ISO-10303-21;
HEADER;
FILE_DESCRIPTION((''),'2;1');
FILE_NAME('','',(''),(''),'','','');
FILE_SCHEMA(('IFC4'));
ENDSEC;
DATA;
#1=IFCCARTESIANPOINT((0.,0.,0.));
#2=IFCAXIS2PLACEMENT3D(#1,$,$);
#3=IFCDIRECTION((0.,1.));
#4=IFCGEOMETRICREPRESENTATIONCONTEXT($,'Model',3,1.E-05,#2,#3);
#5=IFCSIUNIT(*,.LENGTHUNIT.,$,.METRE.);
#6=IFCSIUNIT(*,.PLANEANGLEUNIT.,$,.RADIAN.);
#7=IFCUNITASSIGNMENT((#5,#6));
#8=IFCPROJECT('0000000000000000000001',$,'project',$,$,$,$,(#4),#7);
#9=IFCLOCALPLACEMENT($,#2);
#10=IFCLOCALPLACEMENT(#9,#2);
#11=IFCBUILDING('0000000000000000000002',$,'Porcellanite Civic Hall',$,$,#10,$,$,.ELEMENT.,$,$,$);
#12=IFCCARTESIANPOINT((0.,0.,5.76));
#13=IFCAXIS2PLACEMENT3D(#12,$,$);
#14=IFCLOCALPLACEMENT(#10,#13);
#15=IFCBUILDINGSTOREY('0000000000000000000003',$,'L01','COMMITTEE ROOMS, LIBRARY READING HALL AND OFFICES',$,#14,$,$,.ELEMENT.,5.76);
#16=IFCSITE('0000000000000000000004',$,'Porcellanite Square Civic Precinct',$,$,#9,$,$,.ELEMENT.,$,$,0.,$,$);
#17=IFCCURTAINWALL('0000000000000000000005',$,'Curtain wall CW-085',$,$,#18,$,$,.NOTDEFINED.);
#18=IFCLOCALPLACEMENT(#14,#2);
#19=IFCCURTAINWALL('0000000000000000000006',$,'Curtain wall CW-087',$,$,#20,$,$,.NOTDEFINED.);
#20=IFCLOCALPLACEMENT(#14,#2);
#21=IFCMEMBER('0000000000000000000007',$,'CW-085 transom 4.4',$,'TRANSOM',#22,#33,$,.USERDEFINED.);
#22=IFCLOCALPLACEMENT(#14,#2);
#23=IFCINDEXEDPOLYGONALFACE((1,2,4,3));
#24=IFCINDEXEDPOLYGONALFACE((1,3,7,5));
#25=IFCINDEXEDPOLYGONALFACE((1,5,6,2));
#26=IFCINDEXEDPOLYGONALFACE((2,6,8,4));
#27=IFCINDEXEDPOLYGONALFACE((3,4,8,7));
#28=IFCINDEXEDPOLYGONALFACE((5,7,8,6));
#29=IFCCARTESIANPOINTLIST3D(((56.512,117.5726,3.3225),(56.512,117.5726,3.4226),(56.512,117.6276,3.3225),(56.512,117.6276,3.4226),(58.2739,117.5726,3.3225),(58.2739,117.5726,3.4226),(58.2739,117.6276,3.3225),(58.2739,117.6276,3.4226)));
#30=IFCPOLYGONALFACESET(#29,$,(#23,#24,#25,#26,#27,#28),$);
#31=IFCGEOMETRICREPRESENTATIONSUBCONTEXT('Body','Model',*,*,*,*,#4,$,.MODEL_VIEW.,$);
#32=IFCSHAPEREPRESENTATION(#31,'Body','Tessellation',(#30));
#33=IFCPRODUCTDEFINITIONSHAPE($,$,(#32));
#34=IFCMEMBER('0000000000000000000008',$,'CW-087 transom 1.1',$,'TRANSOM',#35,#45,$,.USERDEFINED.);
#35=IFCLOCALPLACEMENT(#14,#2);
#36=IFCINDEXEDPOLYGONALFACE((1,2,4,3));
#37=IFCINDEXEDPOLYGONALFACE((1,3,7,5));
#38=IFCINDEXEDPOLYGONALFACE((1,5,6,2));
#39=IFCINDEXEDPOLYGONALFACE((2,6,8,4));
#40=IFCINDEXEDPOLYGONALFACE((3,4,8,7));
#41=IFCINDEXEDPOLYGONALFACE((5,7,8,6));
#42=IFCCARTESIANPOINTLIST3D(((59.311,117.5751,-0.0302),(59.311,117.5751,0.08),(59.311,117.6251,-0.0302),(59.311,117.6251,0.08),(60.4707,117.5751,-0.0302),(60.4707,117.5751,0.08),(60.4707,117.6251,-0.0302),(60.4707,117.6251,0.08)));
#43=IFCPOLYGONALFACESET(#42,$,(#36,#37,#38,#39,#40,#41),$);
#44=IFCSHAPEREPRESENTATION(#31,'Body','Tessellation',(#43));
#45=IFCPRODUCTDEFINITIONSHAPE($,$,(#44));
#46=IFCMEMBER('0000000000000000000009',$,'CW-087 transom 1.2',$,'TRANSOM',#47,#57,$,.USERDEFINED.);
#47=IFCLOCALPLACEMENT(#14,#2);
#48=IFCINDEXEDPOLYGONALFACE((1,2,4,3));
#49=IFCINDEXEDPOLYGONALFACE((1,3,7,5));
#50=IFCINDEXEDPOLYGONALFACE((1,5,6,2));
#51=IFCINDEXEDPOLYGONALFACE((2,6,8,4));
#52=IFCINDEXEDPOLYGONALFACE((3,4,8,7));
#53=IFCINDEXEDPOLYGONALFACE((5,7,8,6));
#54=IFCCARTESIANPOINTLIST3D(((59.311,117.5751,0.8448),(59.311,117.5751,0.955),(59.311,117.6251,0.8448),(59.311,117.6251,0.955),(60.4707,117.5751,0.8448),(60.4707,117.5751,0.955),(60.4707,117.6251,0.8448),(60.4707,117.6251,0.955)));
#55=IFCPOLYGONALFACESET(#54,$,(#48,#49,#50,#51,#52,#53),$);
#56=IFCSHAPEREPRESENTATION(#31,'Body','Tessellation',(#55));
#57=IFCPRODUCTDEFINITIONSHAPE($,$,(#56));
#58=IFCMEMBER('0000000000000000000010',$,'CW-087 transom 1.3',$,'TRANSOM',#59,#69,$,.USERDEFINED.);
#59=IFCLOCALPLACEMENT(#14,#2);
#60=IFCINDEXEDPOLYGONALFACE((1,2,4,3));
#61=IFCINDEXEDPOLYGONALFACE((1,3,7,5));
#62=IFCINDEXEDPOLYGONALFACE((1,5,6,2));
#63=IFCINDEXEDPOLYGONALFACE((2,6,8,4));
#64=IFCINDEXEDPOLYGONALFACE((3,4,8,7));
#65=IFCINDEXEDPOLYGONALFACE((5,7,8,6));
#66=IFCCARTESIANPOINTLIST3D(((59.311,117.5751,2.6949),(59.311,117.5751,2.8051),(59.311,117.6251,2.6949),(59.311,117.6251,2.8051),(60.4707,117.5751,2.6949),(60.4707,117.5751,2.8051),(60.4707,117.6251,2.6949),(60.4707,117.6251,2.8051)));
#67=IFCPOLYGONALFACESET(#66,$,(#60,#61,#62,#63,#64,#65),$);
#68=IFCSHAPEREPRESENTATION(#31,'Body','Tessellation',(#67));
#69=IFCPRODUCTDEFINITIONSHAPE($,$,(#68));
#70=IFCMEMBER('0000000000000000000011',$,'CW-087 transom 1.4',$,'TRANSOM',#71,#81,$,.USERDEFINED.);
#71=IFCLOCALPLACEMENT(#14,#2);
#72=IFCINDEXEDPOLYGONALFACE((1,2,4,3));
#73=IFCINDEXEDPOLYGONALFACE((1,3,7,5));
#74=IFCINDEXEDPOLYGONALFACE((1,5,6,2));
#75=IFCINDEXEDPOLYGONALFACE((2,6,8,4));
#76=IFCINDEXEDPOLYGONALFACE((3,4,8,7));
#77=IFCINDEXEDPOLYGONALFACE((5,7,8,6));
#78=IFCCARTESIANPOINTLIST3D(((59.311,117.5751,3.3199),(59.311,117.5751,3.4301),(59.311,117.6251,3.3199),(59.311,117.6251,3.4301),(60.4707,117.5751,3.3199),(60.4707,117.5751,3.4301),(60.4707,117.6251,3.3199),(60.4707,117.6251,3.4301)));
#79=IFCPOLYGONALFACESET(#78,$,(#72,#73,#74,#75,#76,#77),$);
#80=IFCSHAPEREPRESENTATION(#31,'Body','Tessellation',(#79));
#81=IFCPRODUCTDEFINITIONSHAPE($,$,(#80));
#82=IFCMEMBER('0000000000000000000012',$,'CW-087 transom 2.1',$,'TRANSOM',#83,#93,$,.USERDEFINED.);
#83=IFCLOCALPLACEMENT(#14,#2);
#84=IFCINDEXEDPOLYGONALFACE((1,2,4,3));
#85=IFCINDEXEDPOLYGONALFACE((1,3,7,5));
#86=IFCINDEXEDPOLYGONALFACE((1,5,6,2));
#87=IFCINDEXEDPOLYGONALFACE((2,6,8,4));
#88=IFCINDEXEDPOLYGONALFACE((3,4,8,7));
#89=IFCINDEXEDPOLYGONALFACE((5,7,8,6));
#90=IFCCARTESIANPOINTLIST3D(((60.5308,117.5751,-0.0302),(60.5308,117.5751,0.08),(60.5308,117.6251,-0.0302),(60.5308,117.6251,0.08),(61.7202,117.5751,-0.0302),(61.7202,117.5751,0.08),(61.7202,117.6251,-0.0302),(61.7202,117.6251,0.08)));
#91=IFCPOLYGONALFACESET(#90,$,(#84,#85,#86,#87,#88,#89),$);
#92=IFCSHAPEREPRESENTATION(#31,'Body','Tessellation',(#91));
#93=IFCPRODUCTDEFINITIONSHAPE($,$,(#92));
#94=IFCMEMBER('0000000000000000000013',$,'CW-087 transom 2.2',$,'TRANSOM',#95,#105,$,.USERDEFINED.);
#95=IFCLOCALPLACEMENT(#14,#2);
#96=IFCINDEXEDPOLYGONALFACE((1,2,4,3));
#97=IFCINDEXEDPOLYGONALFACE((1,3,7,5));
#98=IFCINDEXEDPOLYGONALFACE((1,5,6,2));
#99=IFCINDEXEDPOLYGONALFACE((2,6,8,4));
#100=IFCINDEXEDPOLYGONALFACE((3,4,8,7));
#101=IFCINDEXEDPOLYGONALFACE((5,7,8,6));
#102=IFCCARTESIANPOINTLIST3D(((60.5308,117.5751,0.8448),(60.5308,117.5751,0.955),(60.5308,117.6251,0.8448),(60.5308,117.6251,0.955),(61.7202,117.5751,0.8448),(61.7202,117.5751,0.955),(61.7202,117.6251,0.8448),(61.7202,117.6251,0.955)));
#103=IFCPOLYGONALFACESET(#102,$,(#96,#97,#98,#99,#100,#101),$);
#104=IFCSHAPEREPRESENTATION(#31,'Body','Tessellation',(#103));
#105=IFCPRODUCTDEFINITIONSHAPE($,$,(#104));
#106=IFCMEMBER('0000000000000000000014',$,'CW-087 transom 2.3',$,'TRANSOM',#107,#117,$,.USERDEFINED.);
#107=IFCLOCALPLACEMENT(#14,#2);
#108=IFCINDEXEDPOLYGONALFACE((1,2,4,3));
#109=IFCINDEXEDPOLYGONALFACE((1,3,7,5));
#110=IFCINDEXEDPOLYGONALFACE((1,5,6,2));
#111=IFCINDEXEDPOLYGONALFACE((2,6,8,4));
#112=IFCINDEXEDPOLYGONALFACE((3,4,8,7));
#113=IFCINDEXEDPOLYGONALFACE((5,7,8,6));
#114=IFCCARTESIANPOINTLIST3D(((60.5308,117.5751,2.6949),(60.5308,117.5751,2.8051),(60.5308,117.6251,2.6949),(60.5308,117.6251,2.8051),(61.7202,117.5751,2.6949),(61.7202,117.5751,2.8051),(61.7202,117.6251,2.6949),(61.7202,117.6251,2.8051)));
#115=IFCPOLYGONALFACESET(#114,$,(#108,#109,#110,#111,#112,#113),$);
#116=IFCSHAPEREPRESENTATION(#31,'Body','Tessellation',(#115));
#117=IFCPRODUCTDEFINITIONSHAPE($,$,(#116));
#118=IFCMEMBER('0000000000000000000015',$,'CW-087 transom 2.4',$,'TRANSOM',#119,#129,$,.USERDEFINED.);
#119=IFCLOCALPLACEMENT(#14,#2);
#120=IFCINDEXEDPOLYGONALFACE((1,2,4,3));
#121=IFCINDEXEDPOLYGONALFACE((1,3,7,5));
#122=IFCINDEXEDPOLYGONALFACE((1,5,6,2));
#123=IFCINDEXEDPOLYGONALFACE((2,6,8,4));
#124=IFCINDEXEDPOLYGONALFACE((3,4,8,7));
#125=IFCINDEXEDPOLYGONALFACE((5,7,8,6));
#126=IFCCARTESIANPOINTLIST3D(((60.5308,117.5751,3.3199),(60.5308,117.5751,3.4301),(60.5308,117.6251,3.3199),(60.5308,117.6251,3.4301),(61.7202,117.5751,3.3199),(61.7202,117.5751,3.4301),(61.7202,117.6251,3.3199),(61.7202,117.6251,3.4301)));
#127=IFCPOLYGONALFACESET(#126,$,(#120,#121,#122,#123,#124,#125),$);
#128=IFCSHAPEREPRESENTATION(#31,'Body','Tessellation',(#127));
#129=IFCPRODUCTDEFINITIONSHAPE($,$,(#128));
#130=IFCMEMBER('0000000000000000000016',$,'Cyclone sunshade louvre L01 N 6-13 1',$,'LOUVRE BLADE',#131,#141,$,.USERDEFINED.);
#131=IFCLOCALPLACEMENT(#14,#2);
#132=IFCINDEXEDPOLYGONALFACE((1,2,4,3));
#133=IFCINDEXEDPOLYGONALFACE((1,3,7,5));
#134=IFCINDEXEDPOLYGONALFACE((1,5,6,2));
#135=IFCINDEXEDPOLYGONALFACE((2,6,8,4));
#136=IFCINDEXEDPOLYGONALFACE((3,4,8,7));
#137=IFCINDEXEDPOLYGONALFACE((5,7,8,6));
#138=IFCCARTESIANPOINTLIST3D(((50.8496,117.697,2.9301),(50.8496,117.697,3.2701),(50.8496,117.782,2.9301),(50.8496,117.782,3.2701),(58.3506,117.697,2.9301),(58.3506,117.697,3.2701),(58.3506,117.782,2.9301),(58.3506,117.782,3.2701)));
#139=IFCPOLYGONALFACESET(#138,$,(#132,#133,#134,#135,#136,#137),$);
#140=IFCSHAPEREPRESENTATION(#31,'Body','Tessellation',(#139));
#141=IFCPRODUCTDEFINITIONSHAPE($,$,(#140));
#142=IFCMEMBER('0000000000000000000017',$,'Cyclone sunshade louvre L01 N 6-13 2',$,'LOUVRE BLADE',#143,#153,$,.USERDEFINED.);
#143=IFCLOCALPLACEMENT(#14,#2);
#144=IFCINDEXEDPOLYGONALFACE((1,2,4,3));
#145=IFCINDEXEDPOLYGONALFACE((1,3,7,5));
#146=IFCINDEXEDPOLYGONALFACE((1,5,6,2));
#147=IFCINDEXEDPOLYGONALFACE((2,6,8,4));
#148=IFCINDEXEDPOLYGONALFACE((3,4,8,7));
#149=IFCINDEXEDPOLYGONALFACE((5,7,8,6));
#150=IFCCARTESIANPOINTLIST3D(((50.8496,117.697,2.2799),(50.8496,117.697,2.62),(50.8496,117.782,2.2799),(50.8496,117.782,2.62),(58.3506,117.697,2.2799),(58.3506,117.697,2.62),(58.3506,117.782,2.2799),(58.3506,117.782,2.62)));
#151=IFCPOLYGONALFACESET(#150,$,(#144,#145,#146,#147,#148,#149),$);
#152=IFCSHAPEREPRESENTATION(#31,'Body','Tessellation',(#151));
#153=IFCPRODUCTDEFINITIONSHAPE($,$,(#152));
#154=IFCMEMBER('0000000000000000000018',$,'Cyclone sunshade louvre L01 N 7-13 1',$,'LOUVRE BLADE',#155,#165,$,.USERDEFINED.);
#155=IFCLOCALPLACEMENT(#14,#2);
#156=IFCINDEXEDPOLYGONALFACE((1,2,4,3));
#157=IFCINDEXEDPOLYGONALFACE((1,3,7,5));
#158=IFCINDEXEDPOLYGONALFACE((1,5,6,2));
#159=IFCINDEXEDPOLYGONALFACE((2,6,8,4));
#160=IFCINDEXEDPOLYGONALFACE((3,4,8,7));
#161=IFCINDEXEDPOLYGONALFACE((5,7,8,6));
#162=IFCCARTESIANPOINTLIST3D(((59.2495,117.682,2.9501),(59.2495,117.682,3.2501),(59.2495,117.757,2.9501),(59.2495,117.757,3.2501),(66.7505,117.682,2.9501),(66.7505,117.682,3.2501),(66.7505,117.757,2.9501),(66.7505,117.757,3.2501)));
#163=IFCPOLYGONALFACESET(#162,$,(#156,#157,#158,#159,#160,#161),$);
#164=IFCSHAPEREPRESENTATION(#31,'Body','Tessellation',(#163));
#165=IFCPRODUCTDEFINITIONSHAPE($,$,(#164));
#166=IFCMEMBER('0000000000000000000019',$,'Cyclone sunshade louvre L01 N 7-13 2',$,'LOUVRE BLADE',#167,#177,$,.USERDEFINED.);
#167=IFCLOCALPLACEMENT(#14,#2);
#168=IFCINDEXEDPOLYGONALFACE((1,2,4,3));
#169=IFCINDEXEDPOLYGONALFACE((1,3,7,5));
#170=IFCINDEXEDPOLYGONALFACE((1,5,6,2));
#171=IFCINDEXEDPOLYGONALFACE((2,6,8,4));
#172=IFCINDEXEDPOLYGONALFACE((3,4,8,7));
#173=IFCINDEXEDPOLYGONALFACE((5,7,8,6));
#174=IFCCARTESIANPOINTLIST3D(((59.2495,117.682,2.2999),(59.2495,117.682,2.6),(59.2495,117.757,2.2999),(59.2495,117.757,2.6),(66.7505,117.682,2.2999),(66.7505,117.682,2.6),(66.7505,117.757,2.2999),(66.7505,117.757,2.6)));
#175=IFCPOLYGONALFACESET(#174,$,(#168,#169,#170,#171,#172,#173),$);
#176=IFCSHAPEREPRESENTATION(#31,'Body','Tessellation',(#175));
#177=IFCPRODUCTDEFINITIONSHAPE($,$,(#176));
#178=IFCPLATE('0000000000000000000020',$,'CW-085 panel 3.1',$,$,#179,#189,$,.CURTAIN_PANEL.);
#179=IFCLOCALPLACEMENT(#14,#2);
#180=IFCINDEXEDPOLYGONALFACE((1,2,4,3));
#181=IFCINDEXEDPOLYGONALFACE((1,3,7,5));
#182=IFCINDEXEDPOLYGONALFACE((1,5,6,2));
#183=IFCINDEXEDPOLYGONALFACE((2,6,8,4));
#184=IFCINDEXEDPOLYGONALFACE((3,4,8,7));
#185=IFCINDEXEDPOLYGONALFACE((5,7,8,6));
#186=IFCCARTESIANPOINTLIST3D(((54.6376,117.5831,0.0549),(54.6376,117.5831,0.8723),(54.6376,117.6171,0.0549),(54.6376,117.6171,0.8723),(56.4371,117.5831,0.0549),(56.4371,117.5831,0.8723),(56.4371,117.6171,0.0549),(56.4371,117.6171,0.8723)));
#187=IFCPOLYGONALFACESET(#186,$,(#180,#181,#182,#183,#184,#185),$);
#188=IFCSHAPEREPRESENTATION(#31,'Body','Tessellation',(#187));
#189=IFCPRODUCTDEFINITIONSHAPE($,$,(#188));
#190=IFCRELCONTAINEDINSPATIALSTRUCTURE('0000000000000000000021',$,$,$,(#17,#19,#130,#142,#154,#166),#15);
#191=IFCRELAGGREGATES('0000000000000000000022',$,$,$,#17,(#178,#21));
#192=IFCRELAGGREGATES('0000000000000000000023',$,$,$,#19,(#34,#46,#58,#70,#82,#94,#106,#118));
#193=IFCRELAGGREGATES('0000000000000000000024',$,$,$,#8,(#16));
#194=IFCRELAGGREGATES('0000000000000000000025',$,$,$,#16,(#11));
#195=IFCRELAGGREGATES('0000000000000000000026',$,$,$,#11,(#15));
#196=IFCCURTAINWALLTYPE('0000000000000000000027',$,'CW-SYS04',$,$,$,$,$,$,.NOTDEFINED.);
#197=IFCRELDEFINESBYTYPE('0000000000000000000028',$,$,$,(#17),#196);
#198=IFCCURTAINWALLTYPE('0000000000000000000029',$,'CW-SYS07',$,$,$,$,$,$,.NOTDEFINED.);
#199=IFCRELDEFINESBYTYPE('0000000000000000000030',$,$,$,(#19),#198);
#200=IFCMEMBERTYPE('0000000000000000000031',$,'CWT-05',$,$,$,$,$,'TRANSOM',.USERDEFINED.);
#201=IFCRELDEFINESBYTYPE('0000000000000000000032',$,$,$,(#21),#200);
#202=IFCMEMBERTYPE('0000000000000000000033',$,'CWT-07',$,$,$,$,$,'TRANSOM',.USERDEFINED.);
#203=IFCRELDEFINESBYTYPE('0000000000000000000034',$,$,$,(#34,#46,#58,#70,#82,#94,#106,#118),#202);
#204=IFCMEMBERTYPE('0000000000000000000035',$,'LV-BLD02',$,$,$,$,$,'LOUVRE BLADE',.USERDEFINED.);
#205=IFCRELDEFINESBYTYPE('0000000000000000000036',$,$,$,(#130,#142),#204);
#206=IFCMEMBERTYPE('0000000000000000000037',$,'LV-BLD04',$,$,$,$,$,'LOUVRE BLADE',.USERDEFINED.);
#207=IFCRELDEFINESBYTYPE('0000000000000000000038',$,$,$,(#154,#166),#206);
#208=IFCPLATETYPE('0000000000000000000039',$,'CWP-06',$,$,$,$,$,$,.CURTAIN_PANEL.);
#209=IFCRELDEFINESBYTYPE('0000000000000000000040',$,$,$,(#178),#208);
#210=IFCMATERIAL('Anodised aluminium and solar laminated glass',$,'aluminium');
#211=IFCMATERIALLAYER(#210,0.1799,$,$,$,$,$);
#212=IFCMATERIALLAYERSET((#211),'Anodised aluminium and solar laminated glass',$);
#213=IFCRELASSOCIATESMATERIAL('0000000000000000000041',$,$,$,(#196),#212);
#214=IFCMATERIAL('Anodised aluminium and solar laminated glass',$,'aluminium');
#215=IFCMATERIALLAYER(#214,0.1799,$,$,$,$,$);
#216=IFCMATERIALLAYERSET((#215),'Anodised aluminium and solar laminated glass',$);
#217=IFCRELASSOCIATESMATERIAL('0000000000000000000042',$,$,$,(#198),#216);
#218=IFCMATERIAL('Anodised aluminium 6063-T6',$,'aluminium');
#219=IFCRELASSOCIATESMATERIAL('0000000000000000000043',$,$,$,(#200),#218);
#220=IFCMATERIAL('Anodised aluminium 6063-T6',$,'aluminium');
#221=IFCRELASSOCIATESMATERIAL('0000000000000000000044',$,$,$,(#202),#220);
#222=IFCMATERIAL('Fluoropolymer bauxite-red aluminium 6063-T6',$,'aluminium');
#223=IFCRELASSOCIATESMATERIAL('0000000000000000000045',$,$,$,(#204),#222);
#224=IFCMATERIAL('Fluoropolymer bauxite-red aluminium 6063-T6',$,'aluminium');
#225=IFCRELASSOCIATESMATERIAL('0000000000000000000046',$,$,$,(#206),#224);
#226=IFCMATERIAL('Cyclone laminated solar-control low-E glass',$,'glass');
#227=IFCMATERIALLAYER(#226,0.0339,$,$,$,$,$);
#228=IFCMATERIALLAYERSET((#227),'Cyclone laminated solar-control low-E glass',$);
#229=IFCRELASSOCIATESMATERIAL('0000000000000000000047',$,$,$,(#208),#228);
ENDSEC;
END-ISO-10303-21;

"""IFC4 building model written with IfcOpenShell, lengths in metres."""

from ifc_helpers import new_model, si_unit, direction, frame, origin, origin_2d, place, context, subcontext, project, spatial, rectangle, extrude, material, layer, layer_set, material_profile, profile_set, type_object, element, aggregate, save


model = new_model("IFC4")

# Units and contexts
model_context = context("Model", 3, precision=1e-05, world=origin(), true_north=direction((0.0, 1.0)))
body_context = subcontext(model_context, "Body", "Model", "MODEL_VIEW")
ifc_project = project(units=[si_unit("LENGTHUNIT", "METRE"), si_unit("PLANEANGLEUNIT", "RADIAN")], contexts=[model_context])

# Site, building, storey
site_placement = place(None, origin())
site = spatial("IfcSite", under=ifc_project, at=site_placement, Name="Porcellanite Square Civic Precinct", CompositionType="ELEMENT", RefElevation=0.0)
building_placement = place(site_placement, origin())
building = spatial("IfcBuilding", under=site, at=building_placement, Name="Porcellanite Civic Hall", CompositionType="ELEMENT")
storey_placement = place(building_placement, frame((0.0, 0.0, 5.76)))
storey = spatial("IfcBuildingStorey", under=building, at=storey_placement, Name="L01", Description="COMMITTEE ROOMS, LIBRARY READING HALL AND OFFICES", CompositionType="ELEMENT", Elevation=5.76)

# Curtain walls
ifc_material_1 = material(Name="Anodised aluminium and solar laminated glass", Category="aluminium")
ifc_layer_1 = layer(ifc_material_1, 0.1799)
ifc_layer_set_1 = layer_set([ifc_layer_1], Name="Anodised aluminium and solar laminated glass")
curtain_wall_type_1 = type_object("IfcCurtainWallType", Name="CW-SYS04", PredefinedType="NOTDEFINED", material=ifc_layer_set_1)
curtain_wall_1_placement = place(storey_placement, origin())
curtain_wall_1 = element("IfcCurtainWall", 1, at=curtain_wall_1_placement, inside=storey, type_object=curtain_wall_type_1, Name="Curtain wall CW-085", PredefinedType="NOTDEFINED")
ifc_material_2 = material(Name="Anodised aluminium and solar laminated glass", Category="aluminium")
ifc_layer_2 = layer(ifc_material_2, 0.1799)
ifc_layer_set_2 = layer_set([ifc_layer_2], Name="Anodised aluminium and solar laminated glass")
curtain_wall_type_2 = type_object("IfcCurtainWallType", Name="CW-SYS07", PredefinedType="NOTDEFINED", material=ifc_layer_set_2)
curtain_wall_2_placement = place(storey_placement, origin())
curtain_wall_2 = element("IfcCurtainWall", 2, at=curtain_wall_2_placement, inside=storey, type_object=curtain_wall_type_2, Name="Curtain wall CW-087", PredefinedType="NOTDEFINED")

# Members
ifc_material_3 = material(Name="Anodised aluminium 6063-T6", Category="aluminium")
ifc_material_profile_1 = material_profile(ifc_material_3, rectangle(XDim=0.0549, YDim=0.1001, at=origin_2d()), Name="AL-55x100")
ifc_profile_set_1 = profile_set([ifc_material_profile_1], Name="Anodised aluminium 6063-T6")
member_type_1 = type_object("IfcMemberType", Name="CWT-05", ElementType="TRANSOM", PredefinedType="USERDEFINED", material=ifc_profile_set_1)
member_1_placement = place(storey_placement, frame((56.512, 117.6001, 3.3726), z_axis=(1.0, 0.0, 0.0), x_axis=(0.0, 1.0, 0.0)))
member_1 = element("IfcMember", 3, at=member_1_placement, type_object=member_type_1, Name="CW-085 transom 4.4", ObjectType="TRANSOM", PredefinedType="USERDEFINED", context=body_context, shape_type="SweptSolid", body=[
    extrude(rectangle(XDim=0.0549, YDim=0.1001, at=origin_2d()), origin(), (0.0, 0.0, 1.0), 1.762),
])
ifc_material_4 = material(Name="Anodised aluminium 6063-T6", Category="aluminium")
ifc_material_profile_2 = material_profile(ifc_material_4, rectangle(XDim=0.05, YDim=0.1101, at=origin_2d()), Name="AL-50x110")
ifc_profile_set_2 = profile_set([ifc_material_profile_2], Name="Anodised aluminium 6063-T6")
member_type_2 = type_object("IfcMemberType", Name="CWT-07", ElementType="TRANSOM", PredefinedType="USERDEFINED", material=ifc_profile_set_2)
member_2_placement = place(storey_placement, frame((59.311, 117.6001, 0.0249), z_axis=(1.0, 0.0, 0.0), x_axis=(0.0, 1.0, 0.0)))
member_2 = element("IfcMember", 4, at=member_2_placement, type_object=member_type_2, Name="CW-087 transom 1.1", ObjectType="TRANSOM", PredefinedType="USERDEFINED", context=body_context, shape_type="SweptSolid", body=[
    extrude(rectangle(XDim=0.05, YDim=0.1101, at=origin_2d()), origin(), (0.0, 0.0, 1.0), 1.1597),
])
member_3_placement = place(storey_placement, frame((59.311, 117.6001, 0.8999), z_axis=(1.0, 0.0, 0.0), x_axis=(0.0, 1.0, 0.0)))
member_3 = element("IfcMember", 5, at=member_3_placement, type_object=member_type_2, Name="CW-087 transom 1.2", ObjectType="TRANSOM", PredefinedType="USERDEFINED", context=body_context, shape_type="SweptSolid", body=[
    extrude(rectangle(XDim=0.05, YDim=0.1101, at=origin_2d()), origin(), (0.0, 0.0, 1.0), 1.1597),
])
member_4_placement = place(storey_placement, frame((59.311, 117.6001, 2.75), z_axis=(1.0, 0.0, 0.0), x_axis=(0.0, 1.0, 0.0)))
member_4 = element("IfcMember", 6, at=member_4_placement, type_object=member_type_2, Name="CW-087 transom 1.3", ObjectType="TRANSOM", PredefinedType="USERDEFINED", context=body_context, shape_type="SweptSolid", body=[
    extrude(rectangle(XDim=0.05, YDim=0.1101, at=origin_2d()), origin(), (0.0, 0.0, 1.0), 1.1597),
])
member_5_placement = place(storey_placement, frame((59.311, 117.6001, 3.375), z_axis=(1.0, 0.0, 0.0), x_axis=(0.0, 1.0, 0.0)))
member_5 = element("IfcMember", 7, at=member_5_placement, type_object=member_type_2, Name="CW-087 transom 1.4", ObjectType="TRANSOM", PredefinedType="USERDEFINED", context=body_context, shape_type="SweptSolid", body=[
    extrude(rectangle(XDim=0.05, YDim=0.1101, at=origin_2d()), origin(), (0.0, 0.0, 1.0), 1.1597),
])
member_6_placement = place(storey_placement, frame((60.5308, 117.6001, 0.0249), z_axis=(1.0, 0.0, 0.0), x_axis=(0.0, 1.0, 0.0)))
member_6 = element("IfcMember", 8, at=member_6_placement, type_object=member_type_2, Name="CW-087 transom 2.1", ObjectType="TRANSOM", PredefinedType="USERDEFINED", context=body_context, shape_type="SweptSolid", body=[
    extrude(rectangle(XDim=0.05, YDim=0.1101, at=origin_2d()), origin(), (0.0, 0.0, 1.0), 1.1895),
])
member_7_placement = place(storey_placement, frame((60.5308, 117.6001, 0.8999), z_axis=(1.0, 0.0, 0.0), x_axis=(0.0, 1.0, 0.0)))
member_7 = element("IfcMember", 9, at=member_7_placement, type_object=member_type_2, Name="CW-087 transom 2.2", ObjectType="TRANSOM", PredefinedType="USERDEFINED", context=body_context, shape_type="SweptSolid", body=[
    extrude(rectangle(XDim=0.05, YDim=0.1101, at=origin_2d()), origin(), (0.0, 0.0, 1.0), 1.1895),
])
member_8_placement = place(storey_placement, frame((60.5308, 117.6001, 2.75), z_axis=(1.0, 0.0, 0.0), x_axis=(0.0, 1.0, 0.0)))
member_8 = element("IfcMember", 10, at=member_8_placement, type_object=member_type_2, Name="CW-087 transom 2.3", ObjectType="TRANSOM", PredefinedType="USERDEFINED", context=body_context, shape_type="SweptSolid", body=[
    extrude(rectangle(XDim=0.05, YDim=0.1101, at=origin_2d()), origin(), (0.0, 0.0, 1.0), 1.1895),
])
member_9_placement = place(storey_placement, frame((60.5308, 117.6001, 3.375), z_axis=(1.0, 0.0, 0.0), x_axis=(0.0, 1.0, 0.0)))
member_9 = element("IfcMember", 11, at=member_9_placement, type_object=member_type_2, Name="CW-087 transom 2.4", ObjectType="TRANSOM", PredefinedType="USERDEFINED", context=body_context, shape_type="SweptSolid", body=[
    extrude(rectangle(XDim=0.05, YDim=0.1101, at=origin_2d()), origin(), (0.0, 0.0, 1.0), 1.1895),
])

# Members
ifc_material_5 = material(Name="Fluoropolymer bauxite-red aluminium 6063-T6", Category="aluminium")
ifc_material_profile_3 = material_profile(ifc_material_5, rectangle(XDim=0.085, YDim=0.3401, at=origin_2d()), Name="AL-85x340")
ifc_profile_set_3 = profile_set([ifc_material_profile_3], Name="Fluoropolymer bauxite-red aluminium 6063-T6")
member_type_3 = type_object("IfcMemberType", Name="LV-BLD02", ElementType="LOUVRE BLADE", PredefinedType="USERDEFINED", material=ifc_profile_set_3)
for number, where, z_axis, x_axis, name in (
    (12, (50.8496, 117.7395, 3.1001), (1.0, 0.0, 0.0), (0.0, 1.0, 0.0), "Cyclone sunshade louvre L01 N 6-13 1"),
    (13, (50.8496, 117.7395, 2.45), (1.0, 0.0, 0.0), (0.0, 1.0, 0.0), "Cyclone sunshade louvre L01 N 6-13 2"),
):
    element("IfcMember", number, at=place(storey_placement, frame(where, z_axis=z_axis, x_axis=x_axis)), inside=storey, type_object=member_type_3, Name=name, ObjectType="LOUVRE BLADE", PredefinedType="USERDEFINED", context=body_context, shape_type="SweptSolid", body=[
        extrude(rectangle(XDim=0.085, YDim=0.3401, at=origin_2d()), origin(), (0.0, 0.0, 1.0), 7.501),
    ])
ifc_material_6 = material(Name="Fluoropolymer bauxite-red aluminium 6063-T6", Category="aluminium")
ifc_material_profile_4 = material_profile(ifc_material_6, rectangle(XDim=0.075, YDim=0.3, at=origin_2d()), Name="AL-75x300")
ifc_profile_set_4 = profile_set([ifc_material_profile_4], Name="Fluoropolymer bauxite-red aluminium 6063-T6")
member_type_4 = type_object("IfcMemberType", Name="LV-BLD04", ElementType="LOUVRE BLADE", PredefinedType="USERDEFINED", material=ifc_profile_set_4)
for number, where, z_axis, x_axis, name in (
    (14, (59.2495, 117.7195, 3.1001), (1.0, 0.0, 0.0), (0.0, 1.0, 0.0), "Cyclone sunshade louvre L01 N 7-13 1"),
    (15, (59.2495, 117.7195, 2.45), (1.0, 0.0, 0.0), (0.0, 1.0, 0.0), "Cyclone sunshade louvre L01 N 7-13 2"),
):
    element("IfcMember", number, at=place(storey_placement, frame(where, z_axis=z_axis, x_axis=x_axis)), inside=storey, type_object=member_type_4, Name=name, ObjectType="LOUVRE BLADE", PredefinedType="USERDEFINED", context=body_context, shape_type="SweptSolid", body=[
        extrude(rectangle(XDim=0.075, YDim=0.3, at=origin_2d()), origin(), (0.0, 0.0, 1.0), 7.501),
    ])

# Plate
ifc_material_7 = material(Name="Cyclone laminated solar-control low-E glass", Category="glass")
ifc_layer_3 = layer(ifc_material_7, 0.0339)
ifc_layer_set_3 = layer_set([ifc_layer_3], Name="Cyclone laminated solar-control low-E glass")
plate_type_1 = type_object("IfcPlateType", Name="CWP-06", PredefinedType="CURTAIN_PANEL", material=ifc_layer_set_3)
plate_1_placement = place(storey_placement, frame((55.5374, 117.6001, 0.0549), z_axis=(0.0, 0.0, 1.0), x_axis=(1.0, 0.0, 0.0)))
plate_1 = element("IfcPlate", 16, at=plate_1_placement, type_object=plate_type_1, Name="CW-085 panel 3.1", PredefinedType="CURTAIN_PANEL", context=body_context, shape_type="SweptSolid", body=[
    extrude(rectangle(XDim=1.7996, YDim=0.0339, at=origin_2d()), origin(), (0.0, 0.0, 1.0), 0.8174),
])
aggregate(curtain_wall_1, [plate_1, member_1])
aggregate(curtain_wall_2, [member_2, member_3, member_4, member_5, member_6, member_7, member_8, member_9])

save(model, "model.ifc")
